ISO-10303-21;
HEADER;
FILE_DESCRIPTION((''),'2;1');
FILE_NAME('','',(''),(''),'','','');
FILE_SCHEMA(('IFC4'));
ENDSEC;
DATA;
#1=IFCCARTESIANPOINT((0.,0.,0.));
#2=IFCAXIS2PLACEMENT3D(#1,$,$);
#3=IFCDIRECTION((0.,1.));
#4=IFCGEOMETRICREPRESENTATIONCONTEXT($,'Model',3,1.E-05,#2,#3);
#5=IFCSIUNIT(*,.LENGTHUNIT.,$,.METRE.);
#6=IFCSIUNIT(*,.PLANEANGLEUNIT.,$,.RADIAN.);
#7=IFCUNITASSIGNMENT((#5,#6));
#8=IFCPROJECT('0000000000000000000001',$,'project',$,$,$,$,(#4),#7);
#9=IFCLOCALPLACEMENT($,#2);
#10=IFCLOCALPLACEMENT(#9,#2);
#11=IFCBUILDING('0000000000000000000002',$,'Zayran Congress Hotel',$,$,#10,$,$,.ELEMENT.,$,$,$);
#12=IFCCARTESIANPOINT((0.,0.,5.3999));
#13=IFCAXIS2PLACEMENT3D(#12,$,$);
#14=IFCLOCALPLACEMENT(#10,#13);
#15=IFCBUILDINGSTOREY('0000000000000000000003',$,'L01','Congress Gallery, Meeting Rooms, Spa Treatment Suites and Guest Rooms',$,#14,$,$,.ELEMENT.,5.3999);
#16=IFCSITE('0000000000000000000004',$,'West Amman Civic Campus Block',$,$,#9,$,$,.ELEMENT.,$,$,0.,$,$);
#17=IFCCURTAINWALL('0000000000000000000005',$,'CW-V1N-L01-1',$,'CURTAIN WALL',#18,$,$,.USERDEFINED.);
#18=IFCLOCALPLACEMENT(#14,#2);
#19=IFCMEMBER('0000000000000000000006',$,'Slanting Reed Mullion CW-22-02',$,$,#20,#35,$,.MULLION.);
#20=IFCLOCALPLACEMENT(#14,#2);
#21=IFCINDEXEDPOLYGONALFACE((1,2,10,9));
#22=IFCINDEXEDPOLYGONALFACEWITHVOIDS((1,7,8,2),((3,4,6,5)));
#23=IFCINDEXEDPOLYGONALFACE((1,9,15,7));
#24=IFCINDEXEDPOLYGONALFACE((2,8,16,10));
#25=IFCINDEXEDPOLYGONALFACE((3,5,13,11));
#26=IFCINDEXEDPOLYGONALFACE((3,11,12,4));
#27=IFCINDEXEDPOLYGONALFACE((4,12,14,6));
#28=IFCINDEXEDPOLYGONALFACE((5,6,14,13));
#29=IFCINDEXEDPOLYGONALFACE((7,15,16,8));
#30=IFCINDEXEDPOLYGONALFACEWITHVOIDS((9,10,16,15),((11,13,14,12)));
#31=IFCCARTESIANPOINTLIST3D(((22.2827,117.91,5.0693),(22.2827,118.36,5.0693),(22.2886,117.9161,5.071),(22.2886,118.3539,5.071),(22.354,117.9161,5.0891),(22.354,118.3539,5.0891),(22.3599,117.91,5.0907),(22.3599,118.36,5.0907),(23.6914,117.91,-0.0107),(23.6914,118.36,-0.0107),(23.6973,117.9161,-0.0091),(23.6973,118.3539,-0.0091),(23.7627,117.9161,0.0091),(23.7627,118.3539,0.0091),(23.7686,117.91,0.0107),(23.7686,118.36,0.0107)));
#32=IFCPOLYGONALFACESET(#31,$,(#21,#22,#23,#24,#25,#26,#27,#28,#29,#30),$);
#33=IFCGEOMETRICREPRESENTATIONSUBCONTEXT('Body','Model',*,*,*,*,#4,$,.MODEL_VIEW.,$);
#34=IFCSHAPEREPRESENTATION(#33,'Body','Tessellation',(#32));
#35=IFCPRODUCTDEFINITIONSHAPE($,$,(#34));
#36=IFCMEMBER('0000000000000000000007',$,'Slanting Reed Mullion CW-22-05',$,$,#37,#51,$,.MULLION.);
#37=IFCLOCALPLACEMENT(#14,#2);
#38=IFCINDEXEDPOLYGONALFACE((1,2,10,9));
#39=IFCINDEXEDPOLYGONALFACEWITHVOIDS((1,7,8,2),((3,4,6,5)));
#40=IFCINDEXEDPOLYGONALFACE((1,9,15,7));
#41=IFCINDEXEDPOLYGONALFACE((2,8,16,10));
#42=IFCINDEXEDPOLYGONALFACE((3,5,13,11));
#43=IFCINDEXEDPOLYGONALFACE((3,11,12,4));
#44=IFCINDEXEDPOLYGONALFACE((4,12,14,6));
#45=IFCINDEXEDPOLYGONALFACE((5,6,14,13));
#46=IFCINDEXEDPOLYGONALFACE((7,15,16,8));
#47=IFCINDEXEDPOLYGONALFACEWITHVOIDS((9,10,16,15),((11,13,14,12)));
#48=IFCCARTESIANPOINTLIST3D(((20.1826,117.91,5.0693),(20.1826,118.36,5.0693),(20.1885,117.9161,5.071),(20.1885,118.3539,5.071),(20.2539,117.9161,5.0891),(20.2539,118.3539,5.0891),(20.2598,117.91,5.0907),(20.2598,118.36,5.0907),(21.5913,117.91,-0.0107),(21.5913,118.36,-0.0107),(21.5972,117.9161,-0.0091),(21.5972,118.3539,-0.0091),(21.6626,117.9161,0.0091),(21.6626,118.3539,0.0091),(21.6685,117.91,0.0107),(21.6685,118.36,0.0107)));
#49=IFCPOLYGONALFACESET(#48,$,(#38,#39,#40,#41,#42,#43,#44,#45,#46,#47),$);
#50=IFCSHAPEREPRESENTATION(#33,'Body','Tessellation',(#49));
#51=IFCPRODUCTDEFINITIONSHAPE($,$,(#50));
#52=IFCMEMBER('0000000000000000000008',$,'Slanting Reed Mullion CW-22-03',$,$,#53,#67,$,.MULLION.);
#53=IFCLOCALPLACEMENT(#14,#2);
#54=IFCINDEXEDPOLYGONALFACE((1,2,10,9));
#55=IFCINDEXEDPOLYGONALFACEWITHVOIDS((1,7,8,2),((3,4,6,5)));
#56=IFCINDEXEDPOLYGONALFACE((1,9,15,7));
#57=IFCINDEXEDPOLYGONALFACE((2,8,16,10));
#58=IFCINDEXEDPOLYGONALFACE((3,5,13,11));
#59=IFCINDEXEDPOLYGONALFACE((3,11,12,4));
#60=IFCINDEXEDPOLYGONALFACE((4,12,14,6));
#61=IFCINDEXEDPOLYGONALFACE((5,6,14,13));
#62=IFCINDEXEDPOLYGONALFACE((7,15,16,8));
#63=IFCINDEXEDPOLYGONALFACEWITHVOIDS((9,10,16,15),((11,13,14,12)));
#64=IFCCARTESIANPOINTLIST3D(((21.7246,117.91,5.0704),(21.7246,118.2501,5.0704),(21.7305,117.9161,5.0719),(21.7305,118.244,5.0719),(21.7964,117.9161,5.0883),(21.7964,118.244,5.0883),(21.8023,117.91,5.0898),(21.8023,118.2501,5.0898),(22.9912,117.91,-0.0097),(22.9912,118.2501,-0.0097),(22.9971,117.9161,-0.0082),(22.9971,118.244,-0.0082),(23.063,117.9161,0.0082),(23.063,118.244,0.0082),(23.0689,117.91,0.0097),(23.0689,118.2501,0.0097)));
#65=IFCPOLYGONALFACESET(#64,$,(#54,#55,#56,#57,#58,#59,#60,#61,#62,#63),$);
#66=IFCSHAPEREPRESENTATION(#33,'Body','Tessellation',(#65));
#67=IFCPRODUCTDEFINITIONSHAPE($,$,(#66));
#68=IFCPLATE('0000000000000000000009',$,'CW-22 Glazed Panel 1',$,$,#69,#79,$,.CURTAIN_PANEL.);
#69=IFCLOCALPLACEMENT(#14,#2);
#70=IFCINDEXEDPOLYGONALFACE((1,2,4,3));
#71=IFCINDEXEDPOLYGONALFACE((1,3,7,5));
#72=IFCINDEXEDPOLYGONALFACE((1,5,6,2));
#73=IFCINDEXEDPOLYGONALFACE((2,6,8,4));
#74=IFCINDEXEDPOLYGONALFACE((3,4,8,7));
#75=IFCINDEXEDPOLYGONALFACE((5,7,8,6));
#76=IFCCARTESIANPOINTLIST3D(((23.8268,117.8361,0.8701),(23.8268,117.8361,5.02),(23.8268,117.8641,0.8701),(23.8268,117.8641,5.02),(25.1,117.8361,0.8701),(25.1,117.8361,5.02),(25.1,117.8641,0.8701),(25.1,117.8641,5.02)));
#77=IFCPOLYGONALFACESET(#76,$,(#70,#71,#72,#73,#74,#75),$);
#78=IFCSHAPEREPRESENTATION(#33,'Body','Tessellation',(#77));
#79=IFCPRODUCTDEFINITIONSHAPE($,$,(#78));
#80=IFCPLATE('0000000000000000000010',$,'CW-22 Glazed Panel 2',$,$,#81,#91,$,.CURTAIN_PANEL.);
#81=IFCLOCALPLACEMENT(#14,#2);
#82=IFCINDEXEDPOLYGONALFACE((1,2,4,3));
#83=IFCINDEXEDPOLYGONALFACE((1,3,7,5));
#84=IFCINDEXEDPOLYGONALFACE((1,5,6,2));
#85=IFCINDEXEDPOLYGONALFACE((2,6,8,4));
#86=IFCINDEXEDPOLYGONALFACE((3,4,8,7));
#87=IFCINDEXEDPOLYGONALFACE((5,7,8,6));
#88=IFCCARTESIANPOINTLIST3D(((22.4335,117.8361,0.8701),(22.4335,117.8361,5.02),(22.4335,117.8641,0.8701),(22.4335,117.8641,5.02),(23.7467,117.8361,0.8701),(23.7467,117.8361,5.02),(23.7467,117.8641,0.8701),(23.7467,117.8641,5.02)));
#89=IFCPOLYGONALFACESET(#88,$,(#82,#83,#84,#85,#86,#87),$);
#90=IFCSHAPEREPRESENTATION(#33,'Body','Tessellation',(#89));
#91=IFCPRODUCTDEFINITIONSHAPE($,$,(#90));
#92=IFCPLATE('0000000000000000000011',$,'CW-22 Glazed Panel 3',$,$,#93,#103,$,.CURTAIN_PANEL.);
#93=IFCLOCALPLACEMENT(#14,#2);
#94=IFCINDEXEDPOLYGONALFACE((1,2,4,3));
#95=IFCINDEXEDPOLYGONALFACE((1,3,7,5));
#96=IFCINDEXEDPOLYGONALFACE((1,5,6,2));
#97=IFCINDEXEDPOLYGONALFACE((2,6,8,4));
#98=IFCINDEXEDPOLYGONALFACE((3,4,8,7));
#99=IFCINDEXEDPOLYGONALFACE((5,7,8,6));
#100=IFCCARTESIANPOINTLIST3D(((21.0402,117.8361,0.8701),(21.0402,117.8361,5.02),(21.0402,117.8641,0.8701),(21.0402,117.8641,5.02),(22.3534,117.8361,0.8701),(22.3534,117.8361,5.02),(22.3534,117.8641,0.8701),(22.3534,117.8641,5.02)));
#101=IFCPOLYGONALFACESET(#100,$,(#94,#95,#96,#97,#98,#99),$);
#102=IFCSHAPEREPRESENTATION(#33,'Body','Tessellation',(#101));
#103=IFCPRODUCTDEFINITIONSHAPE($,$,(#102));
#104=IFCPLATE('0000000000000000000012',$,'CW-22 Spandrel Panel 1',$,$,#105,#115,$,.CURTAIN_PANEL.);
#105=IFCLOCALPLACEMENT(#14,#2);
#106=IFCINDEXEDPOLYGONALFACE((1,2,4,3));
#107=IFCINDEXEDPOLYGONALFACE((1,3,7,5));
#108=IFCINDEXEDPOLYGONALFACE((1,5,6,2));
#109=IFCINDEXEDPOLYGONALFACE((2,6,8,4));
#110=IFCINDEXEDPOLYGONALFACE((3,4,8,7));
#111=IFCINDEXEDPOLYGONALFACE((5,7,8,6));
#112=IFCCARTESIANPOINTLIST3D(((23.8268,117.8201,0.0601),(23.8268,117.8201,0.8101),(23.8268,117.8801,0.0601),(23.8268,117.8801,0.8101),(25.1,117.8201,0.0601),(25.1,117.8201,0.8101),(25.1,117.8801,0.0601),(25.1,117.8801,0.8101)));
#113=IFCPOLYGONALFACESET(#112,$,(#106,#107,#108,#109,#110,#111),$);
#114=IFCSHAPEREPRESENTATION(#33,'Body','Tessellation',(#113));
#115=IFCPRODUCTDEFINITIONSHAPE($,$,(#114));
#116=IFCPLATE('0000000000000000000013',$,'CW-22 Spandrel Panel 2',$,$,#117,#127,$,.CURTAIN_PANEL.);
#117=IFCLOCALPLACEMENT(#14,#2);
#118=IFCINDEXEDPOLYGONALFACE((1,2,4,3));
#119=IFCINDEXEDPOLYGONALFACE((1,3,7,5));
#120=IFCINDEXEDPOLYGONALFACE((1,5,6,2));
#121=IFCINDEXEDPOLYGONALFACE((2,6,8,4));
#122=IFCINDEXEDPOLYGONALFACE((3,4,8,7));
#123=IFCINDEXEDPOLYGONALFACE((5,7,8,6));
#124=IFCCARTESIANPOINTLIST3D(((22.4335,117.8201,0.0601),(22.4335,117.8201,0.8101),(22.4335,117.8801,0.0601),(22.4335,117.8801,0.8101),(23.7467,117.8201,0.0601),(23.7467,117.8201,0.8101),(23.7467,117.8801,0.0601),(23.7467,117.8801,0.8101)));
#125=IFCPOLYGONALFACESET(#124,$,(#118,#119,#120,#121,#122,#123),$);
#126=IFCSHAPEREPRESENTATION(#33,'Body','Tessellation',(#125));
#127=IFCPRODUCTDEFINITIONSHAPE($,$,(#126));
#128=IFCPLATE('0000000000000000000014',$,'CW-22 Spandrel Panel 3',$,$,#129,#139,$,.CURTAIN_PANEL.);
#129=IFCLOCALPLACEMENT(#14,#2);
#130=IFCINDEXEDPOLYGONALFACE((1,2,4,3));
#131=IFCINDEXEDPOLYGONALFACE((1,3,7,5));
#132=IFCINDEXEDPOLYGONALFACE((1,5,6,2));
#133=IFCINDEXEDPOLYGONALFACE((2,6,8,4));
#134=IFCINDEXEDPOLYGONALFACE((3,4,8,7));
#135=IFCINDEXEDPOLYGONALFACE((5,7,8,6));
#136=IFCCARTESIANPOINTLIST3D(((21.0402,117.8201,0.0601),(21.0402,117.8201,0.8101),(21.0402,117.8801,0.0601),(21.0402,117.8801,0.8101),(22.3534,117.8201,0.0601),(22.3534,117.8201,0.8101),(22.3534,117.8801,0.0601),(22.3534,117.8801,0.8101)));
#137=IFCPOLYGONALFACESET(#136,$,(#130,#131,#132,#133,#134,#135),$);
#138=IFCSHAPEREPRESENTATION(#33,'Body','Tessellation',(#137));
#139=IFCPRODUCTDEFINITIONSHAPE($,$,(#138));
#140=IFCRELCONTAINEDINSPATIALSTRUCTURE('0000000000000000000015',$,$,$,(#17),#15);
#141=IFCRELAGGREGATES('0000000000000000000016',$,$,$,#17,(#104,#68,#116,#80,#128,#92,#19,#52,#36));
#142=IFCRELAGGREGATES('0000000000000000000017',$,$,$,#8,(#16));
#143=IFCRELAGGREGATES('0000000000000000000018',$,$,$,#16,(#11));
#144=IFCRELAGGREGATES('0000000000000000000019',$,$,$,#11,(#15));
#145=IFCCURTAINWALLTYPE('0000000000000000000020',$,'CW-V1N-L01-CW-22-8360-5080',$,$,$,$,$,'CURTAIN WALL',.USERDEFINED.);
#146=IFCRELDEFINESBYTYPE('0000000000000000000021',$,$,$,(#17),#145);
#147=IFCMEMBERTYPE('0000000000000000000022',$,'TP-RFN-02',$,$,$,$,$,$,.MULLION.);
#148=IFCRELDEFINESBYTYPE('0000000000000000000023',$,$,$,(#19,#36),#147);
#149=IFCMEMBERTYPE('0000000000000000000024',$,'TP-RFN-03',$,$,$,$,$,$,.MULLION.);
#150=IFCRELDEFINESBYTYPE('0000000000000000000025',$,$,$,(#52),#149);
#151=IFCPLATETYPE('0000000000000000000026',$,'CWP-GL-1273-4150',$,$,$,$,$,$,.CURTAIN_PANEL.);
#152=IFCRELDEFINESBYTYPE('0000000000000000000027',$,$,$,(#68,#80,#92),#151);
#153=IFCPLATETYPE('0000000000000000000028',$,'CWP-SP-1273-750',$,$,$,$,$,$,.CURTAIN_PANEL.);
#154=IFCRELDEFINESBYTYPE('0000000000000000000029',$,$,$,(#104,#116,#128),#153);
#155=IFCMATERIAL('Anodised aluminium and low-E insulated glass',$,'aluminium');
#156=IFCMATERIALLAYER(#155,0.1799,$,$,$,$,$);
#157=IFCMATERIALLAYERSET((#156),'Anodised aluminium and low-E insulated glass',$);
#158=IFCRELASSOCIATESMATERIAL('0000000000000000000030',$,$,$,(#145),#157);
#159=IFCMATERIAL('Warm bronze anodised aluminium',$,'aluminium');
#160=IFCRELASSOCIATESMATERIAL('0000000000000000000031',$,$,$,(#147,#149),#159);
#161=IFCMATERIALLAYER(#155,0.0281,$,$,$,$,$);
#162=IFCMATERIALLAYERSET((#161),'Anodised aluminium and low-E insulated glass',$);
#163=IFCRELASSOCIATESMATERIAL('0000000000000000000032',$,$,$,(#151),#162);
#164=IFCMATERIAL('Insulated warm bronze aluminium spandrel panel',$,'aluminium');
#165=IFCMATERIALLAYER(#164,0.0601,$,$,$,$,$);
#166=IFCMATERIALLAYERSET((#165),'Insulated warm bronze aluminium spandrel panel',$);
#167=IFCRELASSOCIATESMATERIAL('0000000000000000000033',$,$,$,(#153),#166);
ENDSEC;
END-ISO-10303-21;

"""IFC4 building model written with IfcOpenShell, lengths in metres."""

from ifc_helpers import new_model, si_unit, direction, frame, origin, origin_2d, place, context, subcontext, project, spatial, rectangle, hollow_rectangle, extrude, material, layer, layer_set, material_profile, profile_set, type_object, element, aggregate, save


model = new_model("IFC4")

# Units and contexts
model_context = context("Model", 3, precision=1e-05, world=origin(), true_north=direction((0.0, 1.0)))
body_context = subcontext(model_context, "Body", "Model", "MODEL_VIEW")
ifc_project = project(units=[si_unit("LENGTHUNIT", "METRE"), si_unit("PLANEANGLEUNIT", "RADIAN")], contexts=[model_context])

# Site, building, storey
site_placement = place(None, origin())
site = spatial("IfcSite", under=ifc_project, at=site_placement, Name="West Amman Civic Campus Block", CompositionType="ELEMENT", RefElevation=0.0)
building_placement = place(site_placement, origin())
building = spatial("IfcBuilding", under=site, at=building_placement, Name="Zayran Congress Hotel", CompositionType="ELEMENT")
storey_placement = place(building_placement, frame((0.0, 0.0, 5.3999)))
storey = spatial("IfcBuildingStorey", under=building, at=storey_placement, Name="L01", Description="Congress Gallery, Meeting Rooms, Spa Treatment Suites and Guest Rooms", CompositionType="ELEMENT", Elevation=5.3999)

# Curtain wall
ifc_material_1 = material(Name="Anodised aluminium and low-E insulated glass", Category="aluminium")
ifc_layer_1 = layer(ifc_material_1, 0.1799)
ifc_layer_set_1 = layer_set([ifc_layer_1], Name="Anodised aluminium and low-E insulated glass")
curtain_wall_type_1 = type_object("IfcCurtainWallType", Name="CW-V1N-L01-CW-22-8360-5080", ElementType="CURTAIN WALL", PredefinedType="USERDEFINED", material=ifc_layer_set_1)
curtain_wall_1_placement = place(storey_placement, origin())
curtain_wall_1 = element("IfcCurtainWall", 1, at=curtain_wall_1_placement, inside=storey, type_object=curtain_wall_type_1, Name="CW-V1N-L01-1", ObjectType="CURTAIN WALL", PredefinedType="USERDEFINED")

# Members
ifc_material_2 = material(Name="Warm bronze anodised aluminium", Category="aluminium")
ifc_material_profile_1 = material_profile(ifc_material_2, hollow_rectangle(XDim=0.0801, YDim=0.45, WallThickness=0.0061, at=origin_2d()), Name="RHS 450x80x6")
ifc_profile_set_1 = profile_set([ifc_material_profile_1], Name="Warm bronze anodised aluminium")
member_type_1 = type_object("IfcMemberType", Name="TP-RFN-02", PredefinedType="MULLION", material=ifc_profile_set_1)
member_1_placement = place(storey_placement, frame((23.73, 118.135, 0.0), z_axis=(-0.267214, 0.0, 0.963637), x_axis=(0.963637, 0.0, 0.267214)))
member_1 = element("IfcMember", 2, at=member_1_placement, type_object=member_type_1, Name="Slanting Reed Mullion CW-22-02", PredefinedType="MULLION", context=body_context, shape_type="SweptSolid", body=[
    extrude(hollow_rectangle(XDim=0.0801, YDim=0.45, WallThickness=0.0061, at=origin_2d()), origin(), (0.0, 0.0, 1.0), 5.2717),
])
member_2_placement = place(storey_placement, frame((21.6299, 118.135, 0.0), z_axis=(-0.267214, 0.0, 0.963637), x_axis=(0.963637, 0.0, 0.267214)))
member_2 = element("IfcMember", 3, at=member_2_placement, type_object=member_type_1, Name="Slanting Reed Mullion CW-22-05", PredefinedType="MULLION", context=body_context, shape_type="SweptSolid", body=[
    extrude(hollow_rectangle(XDim=0.0801, YDim=0.45, WallThickness=0.0061, at=origin_2d()), origin(), (0.0, 0.0, 1.0), 5.2717),
])
ifc_material_profile_2 = material_profile(ifc_material_2, hollow_rectangle(XDim=0.0801, YDim=0.3401, WallThickness=0.0061, at=origin_2d()), Name="RHS 340x80x6")
ifc_profile_set_2 = profile_set([ifc_material_profile_2], Name="Warm bronze anodised aluminium")
member_type_2 = type_object("IfcMemberType", Name="TP-RFN-03", PredefinedType="MULLION", material=ifc_profile_set_2)
member_3_placement = place(storey_placement, frame((23.03, 118.0801, 0.0), z_axis=(-0.241921, 0.0, 0.970296), x_axis=(0.970296, 0.0, 0.241921)))
member_3 = element("IfcMember", 4, at=member_3_placement, type_object=member_type_2, Name="Slanting Reed Mullion CW-22-03", PredefinedType="MULLION", context=body_context, shape_type="SweptSolid", body=[
    extrude(hollow_rectangle(XDim=0.0801, YDim=0.3401, WallThickness=0.0061, at=origin_2d()), origin(), (0.0, 0.0, 1.0), 5.2356),
])

# Plates
ifc_layer_2 = layer(ifc_material_1, 0.0281)
ifc_layer_set_2 = layer_set([ifc_layer_2], Name="Anodised aluminium and low-E insulated glass")
plate_type_1 = type_object("IfcPlateType", Name="CWP-GL-1273-4150", PredefinedType="CURTAIN_PANEL", material=ifc_layer_set_2)
plate_1_placement = place(storey_placement, frame((24.4634, 117.8501, 0.8701), z_axis=(0.0, 0.0, 1.0), x_axis=(1.0, 0.0, 0.0)))
plate_1 = element("IfcPlate", 5, at=plate_1_placement, type_object=plate_type_1, Name="CW-22 Glazed Panel 1", PredefinedType="CURTAIN_PANEL", context=body_context, shape_type="SweptSolid", body=[
    extrude(rectangle(XDim=1.2732, YDim=0.0281, at=origin_2d()), origin(), (0.0, 0.0, 1.0), 4.1499),
])
plate_2_placement = place(storey_placement, frame((23.0901, 117.8501, 0.8701), z_axis=(0.0, 0.0, 1.0), x_axis=(1.0, 0.0, 0.0)))
plate_2 = element("IfcPlate", 6, at=plate_2_placement, type_object=plate_type_1, Name="CW-22 Glazed Panel 2", PredefinedType="CURTAIN_PANEL", context=body_context, shape_type="SweptSolid", body=[
    extrude(rectangle(XDim=1.3132, YDim=0.0281, at=origin_2d()), origin(), (0.0, 0.0, 1.0), 4.1499),
])
plate_3_placement = place(storey_placement, frame((21.6968, 117.8501, 0.8701), z_axis=(0.0, 0.0, 1.0), x_axis=(1.0, 0.0, 0.0)))
plate_3 = element("IfcPlate", 7, at=plate_3_placement, type_object=plate_type_1, Name="CW-22 Glazed Panel 3", PredefinedType="CURTAIN_PANEL", context=body_context, shape_type="SweptSolid", body=[
    extrude(rectangle(XDim=1.3132, YDim=0.0281, at=origin_2d()), origin(), (0.0, 0.0, 1.0), 4.1499),
])
ifc_material_3 = material(Name="Insulated warm bronze aluminium spandrel panel", Category="aluminium")
ifc_layer_3 = layer(ifc_material_3, 0.0601)
ifc_layer_set_3 = layer_set([ifc_layer_3], Name="Insulated warm bronze aluminium spandrel panel")
plate_type_2 = type_object("IfcPlateType", Name="CWP-SP-1273-750", PredefinedType="CURTAIN_PANEL", material=ifc_layer_set_3)
plate_4_placement = place(storey_placement, frame((24.4634, 117.8501, 0.0601), z_axis=(0.0, 0.0, 1.0), x_axis=(1.0, 0.0, 0.0)))
plate_4 = element("IfcPlate", 8, at=plate_4_placement, type_object=plate_type_2, Name="CW-22 Spandrel Panel 1", PredefinedType="CURTAIN_PANEL", context=body_context, shape_type="SweptSolid", body=[
    extrude(rectangle(XDim=1.2732, YDim=0.0601, at=origin_2d()), origin(), (0.0, 0.0, 1.0), 0.75),
])
plate_5_placement = place(storey_placement, frame((23.0901, 117.8501, 0.0601), z_axis=(0.0, 0.0, 1.0), x_axis=(1.0, 0.0, 0.0)))
plate_5 = element("IfcPlate", 9, at=plate_5_placement, type_object=plate_type_2, Name="CW-22 Spandrel Panel 2", PredefinedType="CURTAIN_PANEL", context=body_context, shape_type="SweptSolid", body=[
    extrude(rectangle(XDim=1.3132, YDim=0.0601, at=origin_2d()), origin(), (0.0, 0.0, 1.0), 0.75),
])
plate_6_placement = place(storey_placement, frame((21.6968, 117.8501, 0.0601), z_axis=(0.0, 0.0, 1.0), x_axis=(1.0, 0.0, 0.0)))
plate_6 = element("IfcPlate", 10, at=plate_6_placement, type_object=plate_type_2, Name="CW-22 Spandrel Panel 3", PredefinedType="CURTAIN_PANEL", context=body_context, shape_type="SweptSolid", body=[
    extrude(rectangle(XDim=1.3132, YDim=0.0601, at=origin_2d()), origin(), (0.0, 0.0, 1.0), 0.75),
])
aggregate(curtain_wall_1, [plate_4, plate_1, plate_5, plate_2, plate_6, plate_3, member_1, member_3, member_2])

save(model, "model.ifc")
